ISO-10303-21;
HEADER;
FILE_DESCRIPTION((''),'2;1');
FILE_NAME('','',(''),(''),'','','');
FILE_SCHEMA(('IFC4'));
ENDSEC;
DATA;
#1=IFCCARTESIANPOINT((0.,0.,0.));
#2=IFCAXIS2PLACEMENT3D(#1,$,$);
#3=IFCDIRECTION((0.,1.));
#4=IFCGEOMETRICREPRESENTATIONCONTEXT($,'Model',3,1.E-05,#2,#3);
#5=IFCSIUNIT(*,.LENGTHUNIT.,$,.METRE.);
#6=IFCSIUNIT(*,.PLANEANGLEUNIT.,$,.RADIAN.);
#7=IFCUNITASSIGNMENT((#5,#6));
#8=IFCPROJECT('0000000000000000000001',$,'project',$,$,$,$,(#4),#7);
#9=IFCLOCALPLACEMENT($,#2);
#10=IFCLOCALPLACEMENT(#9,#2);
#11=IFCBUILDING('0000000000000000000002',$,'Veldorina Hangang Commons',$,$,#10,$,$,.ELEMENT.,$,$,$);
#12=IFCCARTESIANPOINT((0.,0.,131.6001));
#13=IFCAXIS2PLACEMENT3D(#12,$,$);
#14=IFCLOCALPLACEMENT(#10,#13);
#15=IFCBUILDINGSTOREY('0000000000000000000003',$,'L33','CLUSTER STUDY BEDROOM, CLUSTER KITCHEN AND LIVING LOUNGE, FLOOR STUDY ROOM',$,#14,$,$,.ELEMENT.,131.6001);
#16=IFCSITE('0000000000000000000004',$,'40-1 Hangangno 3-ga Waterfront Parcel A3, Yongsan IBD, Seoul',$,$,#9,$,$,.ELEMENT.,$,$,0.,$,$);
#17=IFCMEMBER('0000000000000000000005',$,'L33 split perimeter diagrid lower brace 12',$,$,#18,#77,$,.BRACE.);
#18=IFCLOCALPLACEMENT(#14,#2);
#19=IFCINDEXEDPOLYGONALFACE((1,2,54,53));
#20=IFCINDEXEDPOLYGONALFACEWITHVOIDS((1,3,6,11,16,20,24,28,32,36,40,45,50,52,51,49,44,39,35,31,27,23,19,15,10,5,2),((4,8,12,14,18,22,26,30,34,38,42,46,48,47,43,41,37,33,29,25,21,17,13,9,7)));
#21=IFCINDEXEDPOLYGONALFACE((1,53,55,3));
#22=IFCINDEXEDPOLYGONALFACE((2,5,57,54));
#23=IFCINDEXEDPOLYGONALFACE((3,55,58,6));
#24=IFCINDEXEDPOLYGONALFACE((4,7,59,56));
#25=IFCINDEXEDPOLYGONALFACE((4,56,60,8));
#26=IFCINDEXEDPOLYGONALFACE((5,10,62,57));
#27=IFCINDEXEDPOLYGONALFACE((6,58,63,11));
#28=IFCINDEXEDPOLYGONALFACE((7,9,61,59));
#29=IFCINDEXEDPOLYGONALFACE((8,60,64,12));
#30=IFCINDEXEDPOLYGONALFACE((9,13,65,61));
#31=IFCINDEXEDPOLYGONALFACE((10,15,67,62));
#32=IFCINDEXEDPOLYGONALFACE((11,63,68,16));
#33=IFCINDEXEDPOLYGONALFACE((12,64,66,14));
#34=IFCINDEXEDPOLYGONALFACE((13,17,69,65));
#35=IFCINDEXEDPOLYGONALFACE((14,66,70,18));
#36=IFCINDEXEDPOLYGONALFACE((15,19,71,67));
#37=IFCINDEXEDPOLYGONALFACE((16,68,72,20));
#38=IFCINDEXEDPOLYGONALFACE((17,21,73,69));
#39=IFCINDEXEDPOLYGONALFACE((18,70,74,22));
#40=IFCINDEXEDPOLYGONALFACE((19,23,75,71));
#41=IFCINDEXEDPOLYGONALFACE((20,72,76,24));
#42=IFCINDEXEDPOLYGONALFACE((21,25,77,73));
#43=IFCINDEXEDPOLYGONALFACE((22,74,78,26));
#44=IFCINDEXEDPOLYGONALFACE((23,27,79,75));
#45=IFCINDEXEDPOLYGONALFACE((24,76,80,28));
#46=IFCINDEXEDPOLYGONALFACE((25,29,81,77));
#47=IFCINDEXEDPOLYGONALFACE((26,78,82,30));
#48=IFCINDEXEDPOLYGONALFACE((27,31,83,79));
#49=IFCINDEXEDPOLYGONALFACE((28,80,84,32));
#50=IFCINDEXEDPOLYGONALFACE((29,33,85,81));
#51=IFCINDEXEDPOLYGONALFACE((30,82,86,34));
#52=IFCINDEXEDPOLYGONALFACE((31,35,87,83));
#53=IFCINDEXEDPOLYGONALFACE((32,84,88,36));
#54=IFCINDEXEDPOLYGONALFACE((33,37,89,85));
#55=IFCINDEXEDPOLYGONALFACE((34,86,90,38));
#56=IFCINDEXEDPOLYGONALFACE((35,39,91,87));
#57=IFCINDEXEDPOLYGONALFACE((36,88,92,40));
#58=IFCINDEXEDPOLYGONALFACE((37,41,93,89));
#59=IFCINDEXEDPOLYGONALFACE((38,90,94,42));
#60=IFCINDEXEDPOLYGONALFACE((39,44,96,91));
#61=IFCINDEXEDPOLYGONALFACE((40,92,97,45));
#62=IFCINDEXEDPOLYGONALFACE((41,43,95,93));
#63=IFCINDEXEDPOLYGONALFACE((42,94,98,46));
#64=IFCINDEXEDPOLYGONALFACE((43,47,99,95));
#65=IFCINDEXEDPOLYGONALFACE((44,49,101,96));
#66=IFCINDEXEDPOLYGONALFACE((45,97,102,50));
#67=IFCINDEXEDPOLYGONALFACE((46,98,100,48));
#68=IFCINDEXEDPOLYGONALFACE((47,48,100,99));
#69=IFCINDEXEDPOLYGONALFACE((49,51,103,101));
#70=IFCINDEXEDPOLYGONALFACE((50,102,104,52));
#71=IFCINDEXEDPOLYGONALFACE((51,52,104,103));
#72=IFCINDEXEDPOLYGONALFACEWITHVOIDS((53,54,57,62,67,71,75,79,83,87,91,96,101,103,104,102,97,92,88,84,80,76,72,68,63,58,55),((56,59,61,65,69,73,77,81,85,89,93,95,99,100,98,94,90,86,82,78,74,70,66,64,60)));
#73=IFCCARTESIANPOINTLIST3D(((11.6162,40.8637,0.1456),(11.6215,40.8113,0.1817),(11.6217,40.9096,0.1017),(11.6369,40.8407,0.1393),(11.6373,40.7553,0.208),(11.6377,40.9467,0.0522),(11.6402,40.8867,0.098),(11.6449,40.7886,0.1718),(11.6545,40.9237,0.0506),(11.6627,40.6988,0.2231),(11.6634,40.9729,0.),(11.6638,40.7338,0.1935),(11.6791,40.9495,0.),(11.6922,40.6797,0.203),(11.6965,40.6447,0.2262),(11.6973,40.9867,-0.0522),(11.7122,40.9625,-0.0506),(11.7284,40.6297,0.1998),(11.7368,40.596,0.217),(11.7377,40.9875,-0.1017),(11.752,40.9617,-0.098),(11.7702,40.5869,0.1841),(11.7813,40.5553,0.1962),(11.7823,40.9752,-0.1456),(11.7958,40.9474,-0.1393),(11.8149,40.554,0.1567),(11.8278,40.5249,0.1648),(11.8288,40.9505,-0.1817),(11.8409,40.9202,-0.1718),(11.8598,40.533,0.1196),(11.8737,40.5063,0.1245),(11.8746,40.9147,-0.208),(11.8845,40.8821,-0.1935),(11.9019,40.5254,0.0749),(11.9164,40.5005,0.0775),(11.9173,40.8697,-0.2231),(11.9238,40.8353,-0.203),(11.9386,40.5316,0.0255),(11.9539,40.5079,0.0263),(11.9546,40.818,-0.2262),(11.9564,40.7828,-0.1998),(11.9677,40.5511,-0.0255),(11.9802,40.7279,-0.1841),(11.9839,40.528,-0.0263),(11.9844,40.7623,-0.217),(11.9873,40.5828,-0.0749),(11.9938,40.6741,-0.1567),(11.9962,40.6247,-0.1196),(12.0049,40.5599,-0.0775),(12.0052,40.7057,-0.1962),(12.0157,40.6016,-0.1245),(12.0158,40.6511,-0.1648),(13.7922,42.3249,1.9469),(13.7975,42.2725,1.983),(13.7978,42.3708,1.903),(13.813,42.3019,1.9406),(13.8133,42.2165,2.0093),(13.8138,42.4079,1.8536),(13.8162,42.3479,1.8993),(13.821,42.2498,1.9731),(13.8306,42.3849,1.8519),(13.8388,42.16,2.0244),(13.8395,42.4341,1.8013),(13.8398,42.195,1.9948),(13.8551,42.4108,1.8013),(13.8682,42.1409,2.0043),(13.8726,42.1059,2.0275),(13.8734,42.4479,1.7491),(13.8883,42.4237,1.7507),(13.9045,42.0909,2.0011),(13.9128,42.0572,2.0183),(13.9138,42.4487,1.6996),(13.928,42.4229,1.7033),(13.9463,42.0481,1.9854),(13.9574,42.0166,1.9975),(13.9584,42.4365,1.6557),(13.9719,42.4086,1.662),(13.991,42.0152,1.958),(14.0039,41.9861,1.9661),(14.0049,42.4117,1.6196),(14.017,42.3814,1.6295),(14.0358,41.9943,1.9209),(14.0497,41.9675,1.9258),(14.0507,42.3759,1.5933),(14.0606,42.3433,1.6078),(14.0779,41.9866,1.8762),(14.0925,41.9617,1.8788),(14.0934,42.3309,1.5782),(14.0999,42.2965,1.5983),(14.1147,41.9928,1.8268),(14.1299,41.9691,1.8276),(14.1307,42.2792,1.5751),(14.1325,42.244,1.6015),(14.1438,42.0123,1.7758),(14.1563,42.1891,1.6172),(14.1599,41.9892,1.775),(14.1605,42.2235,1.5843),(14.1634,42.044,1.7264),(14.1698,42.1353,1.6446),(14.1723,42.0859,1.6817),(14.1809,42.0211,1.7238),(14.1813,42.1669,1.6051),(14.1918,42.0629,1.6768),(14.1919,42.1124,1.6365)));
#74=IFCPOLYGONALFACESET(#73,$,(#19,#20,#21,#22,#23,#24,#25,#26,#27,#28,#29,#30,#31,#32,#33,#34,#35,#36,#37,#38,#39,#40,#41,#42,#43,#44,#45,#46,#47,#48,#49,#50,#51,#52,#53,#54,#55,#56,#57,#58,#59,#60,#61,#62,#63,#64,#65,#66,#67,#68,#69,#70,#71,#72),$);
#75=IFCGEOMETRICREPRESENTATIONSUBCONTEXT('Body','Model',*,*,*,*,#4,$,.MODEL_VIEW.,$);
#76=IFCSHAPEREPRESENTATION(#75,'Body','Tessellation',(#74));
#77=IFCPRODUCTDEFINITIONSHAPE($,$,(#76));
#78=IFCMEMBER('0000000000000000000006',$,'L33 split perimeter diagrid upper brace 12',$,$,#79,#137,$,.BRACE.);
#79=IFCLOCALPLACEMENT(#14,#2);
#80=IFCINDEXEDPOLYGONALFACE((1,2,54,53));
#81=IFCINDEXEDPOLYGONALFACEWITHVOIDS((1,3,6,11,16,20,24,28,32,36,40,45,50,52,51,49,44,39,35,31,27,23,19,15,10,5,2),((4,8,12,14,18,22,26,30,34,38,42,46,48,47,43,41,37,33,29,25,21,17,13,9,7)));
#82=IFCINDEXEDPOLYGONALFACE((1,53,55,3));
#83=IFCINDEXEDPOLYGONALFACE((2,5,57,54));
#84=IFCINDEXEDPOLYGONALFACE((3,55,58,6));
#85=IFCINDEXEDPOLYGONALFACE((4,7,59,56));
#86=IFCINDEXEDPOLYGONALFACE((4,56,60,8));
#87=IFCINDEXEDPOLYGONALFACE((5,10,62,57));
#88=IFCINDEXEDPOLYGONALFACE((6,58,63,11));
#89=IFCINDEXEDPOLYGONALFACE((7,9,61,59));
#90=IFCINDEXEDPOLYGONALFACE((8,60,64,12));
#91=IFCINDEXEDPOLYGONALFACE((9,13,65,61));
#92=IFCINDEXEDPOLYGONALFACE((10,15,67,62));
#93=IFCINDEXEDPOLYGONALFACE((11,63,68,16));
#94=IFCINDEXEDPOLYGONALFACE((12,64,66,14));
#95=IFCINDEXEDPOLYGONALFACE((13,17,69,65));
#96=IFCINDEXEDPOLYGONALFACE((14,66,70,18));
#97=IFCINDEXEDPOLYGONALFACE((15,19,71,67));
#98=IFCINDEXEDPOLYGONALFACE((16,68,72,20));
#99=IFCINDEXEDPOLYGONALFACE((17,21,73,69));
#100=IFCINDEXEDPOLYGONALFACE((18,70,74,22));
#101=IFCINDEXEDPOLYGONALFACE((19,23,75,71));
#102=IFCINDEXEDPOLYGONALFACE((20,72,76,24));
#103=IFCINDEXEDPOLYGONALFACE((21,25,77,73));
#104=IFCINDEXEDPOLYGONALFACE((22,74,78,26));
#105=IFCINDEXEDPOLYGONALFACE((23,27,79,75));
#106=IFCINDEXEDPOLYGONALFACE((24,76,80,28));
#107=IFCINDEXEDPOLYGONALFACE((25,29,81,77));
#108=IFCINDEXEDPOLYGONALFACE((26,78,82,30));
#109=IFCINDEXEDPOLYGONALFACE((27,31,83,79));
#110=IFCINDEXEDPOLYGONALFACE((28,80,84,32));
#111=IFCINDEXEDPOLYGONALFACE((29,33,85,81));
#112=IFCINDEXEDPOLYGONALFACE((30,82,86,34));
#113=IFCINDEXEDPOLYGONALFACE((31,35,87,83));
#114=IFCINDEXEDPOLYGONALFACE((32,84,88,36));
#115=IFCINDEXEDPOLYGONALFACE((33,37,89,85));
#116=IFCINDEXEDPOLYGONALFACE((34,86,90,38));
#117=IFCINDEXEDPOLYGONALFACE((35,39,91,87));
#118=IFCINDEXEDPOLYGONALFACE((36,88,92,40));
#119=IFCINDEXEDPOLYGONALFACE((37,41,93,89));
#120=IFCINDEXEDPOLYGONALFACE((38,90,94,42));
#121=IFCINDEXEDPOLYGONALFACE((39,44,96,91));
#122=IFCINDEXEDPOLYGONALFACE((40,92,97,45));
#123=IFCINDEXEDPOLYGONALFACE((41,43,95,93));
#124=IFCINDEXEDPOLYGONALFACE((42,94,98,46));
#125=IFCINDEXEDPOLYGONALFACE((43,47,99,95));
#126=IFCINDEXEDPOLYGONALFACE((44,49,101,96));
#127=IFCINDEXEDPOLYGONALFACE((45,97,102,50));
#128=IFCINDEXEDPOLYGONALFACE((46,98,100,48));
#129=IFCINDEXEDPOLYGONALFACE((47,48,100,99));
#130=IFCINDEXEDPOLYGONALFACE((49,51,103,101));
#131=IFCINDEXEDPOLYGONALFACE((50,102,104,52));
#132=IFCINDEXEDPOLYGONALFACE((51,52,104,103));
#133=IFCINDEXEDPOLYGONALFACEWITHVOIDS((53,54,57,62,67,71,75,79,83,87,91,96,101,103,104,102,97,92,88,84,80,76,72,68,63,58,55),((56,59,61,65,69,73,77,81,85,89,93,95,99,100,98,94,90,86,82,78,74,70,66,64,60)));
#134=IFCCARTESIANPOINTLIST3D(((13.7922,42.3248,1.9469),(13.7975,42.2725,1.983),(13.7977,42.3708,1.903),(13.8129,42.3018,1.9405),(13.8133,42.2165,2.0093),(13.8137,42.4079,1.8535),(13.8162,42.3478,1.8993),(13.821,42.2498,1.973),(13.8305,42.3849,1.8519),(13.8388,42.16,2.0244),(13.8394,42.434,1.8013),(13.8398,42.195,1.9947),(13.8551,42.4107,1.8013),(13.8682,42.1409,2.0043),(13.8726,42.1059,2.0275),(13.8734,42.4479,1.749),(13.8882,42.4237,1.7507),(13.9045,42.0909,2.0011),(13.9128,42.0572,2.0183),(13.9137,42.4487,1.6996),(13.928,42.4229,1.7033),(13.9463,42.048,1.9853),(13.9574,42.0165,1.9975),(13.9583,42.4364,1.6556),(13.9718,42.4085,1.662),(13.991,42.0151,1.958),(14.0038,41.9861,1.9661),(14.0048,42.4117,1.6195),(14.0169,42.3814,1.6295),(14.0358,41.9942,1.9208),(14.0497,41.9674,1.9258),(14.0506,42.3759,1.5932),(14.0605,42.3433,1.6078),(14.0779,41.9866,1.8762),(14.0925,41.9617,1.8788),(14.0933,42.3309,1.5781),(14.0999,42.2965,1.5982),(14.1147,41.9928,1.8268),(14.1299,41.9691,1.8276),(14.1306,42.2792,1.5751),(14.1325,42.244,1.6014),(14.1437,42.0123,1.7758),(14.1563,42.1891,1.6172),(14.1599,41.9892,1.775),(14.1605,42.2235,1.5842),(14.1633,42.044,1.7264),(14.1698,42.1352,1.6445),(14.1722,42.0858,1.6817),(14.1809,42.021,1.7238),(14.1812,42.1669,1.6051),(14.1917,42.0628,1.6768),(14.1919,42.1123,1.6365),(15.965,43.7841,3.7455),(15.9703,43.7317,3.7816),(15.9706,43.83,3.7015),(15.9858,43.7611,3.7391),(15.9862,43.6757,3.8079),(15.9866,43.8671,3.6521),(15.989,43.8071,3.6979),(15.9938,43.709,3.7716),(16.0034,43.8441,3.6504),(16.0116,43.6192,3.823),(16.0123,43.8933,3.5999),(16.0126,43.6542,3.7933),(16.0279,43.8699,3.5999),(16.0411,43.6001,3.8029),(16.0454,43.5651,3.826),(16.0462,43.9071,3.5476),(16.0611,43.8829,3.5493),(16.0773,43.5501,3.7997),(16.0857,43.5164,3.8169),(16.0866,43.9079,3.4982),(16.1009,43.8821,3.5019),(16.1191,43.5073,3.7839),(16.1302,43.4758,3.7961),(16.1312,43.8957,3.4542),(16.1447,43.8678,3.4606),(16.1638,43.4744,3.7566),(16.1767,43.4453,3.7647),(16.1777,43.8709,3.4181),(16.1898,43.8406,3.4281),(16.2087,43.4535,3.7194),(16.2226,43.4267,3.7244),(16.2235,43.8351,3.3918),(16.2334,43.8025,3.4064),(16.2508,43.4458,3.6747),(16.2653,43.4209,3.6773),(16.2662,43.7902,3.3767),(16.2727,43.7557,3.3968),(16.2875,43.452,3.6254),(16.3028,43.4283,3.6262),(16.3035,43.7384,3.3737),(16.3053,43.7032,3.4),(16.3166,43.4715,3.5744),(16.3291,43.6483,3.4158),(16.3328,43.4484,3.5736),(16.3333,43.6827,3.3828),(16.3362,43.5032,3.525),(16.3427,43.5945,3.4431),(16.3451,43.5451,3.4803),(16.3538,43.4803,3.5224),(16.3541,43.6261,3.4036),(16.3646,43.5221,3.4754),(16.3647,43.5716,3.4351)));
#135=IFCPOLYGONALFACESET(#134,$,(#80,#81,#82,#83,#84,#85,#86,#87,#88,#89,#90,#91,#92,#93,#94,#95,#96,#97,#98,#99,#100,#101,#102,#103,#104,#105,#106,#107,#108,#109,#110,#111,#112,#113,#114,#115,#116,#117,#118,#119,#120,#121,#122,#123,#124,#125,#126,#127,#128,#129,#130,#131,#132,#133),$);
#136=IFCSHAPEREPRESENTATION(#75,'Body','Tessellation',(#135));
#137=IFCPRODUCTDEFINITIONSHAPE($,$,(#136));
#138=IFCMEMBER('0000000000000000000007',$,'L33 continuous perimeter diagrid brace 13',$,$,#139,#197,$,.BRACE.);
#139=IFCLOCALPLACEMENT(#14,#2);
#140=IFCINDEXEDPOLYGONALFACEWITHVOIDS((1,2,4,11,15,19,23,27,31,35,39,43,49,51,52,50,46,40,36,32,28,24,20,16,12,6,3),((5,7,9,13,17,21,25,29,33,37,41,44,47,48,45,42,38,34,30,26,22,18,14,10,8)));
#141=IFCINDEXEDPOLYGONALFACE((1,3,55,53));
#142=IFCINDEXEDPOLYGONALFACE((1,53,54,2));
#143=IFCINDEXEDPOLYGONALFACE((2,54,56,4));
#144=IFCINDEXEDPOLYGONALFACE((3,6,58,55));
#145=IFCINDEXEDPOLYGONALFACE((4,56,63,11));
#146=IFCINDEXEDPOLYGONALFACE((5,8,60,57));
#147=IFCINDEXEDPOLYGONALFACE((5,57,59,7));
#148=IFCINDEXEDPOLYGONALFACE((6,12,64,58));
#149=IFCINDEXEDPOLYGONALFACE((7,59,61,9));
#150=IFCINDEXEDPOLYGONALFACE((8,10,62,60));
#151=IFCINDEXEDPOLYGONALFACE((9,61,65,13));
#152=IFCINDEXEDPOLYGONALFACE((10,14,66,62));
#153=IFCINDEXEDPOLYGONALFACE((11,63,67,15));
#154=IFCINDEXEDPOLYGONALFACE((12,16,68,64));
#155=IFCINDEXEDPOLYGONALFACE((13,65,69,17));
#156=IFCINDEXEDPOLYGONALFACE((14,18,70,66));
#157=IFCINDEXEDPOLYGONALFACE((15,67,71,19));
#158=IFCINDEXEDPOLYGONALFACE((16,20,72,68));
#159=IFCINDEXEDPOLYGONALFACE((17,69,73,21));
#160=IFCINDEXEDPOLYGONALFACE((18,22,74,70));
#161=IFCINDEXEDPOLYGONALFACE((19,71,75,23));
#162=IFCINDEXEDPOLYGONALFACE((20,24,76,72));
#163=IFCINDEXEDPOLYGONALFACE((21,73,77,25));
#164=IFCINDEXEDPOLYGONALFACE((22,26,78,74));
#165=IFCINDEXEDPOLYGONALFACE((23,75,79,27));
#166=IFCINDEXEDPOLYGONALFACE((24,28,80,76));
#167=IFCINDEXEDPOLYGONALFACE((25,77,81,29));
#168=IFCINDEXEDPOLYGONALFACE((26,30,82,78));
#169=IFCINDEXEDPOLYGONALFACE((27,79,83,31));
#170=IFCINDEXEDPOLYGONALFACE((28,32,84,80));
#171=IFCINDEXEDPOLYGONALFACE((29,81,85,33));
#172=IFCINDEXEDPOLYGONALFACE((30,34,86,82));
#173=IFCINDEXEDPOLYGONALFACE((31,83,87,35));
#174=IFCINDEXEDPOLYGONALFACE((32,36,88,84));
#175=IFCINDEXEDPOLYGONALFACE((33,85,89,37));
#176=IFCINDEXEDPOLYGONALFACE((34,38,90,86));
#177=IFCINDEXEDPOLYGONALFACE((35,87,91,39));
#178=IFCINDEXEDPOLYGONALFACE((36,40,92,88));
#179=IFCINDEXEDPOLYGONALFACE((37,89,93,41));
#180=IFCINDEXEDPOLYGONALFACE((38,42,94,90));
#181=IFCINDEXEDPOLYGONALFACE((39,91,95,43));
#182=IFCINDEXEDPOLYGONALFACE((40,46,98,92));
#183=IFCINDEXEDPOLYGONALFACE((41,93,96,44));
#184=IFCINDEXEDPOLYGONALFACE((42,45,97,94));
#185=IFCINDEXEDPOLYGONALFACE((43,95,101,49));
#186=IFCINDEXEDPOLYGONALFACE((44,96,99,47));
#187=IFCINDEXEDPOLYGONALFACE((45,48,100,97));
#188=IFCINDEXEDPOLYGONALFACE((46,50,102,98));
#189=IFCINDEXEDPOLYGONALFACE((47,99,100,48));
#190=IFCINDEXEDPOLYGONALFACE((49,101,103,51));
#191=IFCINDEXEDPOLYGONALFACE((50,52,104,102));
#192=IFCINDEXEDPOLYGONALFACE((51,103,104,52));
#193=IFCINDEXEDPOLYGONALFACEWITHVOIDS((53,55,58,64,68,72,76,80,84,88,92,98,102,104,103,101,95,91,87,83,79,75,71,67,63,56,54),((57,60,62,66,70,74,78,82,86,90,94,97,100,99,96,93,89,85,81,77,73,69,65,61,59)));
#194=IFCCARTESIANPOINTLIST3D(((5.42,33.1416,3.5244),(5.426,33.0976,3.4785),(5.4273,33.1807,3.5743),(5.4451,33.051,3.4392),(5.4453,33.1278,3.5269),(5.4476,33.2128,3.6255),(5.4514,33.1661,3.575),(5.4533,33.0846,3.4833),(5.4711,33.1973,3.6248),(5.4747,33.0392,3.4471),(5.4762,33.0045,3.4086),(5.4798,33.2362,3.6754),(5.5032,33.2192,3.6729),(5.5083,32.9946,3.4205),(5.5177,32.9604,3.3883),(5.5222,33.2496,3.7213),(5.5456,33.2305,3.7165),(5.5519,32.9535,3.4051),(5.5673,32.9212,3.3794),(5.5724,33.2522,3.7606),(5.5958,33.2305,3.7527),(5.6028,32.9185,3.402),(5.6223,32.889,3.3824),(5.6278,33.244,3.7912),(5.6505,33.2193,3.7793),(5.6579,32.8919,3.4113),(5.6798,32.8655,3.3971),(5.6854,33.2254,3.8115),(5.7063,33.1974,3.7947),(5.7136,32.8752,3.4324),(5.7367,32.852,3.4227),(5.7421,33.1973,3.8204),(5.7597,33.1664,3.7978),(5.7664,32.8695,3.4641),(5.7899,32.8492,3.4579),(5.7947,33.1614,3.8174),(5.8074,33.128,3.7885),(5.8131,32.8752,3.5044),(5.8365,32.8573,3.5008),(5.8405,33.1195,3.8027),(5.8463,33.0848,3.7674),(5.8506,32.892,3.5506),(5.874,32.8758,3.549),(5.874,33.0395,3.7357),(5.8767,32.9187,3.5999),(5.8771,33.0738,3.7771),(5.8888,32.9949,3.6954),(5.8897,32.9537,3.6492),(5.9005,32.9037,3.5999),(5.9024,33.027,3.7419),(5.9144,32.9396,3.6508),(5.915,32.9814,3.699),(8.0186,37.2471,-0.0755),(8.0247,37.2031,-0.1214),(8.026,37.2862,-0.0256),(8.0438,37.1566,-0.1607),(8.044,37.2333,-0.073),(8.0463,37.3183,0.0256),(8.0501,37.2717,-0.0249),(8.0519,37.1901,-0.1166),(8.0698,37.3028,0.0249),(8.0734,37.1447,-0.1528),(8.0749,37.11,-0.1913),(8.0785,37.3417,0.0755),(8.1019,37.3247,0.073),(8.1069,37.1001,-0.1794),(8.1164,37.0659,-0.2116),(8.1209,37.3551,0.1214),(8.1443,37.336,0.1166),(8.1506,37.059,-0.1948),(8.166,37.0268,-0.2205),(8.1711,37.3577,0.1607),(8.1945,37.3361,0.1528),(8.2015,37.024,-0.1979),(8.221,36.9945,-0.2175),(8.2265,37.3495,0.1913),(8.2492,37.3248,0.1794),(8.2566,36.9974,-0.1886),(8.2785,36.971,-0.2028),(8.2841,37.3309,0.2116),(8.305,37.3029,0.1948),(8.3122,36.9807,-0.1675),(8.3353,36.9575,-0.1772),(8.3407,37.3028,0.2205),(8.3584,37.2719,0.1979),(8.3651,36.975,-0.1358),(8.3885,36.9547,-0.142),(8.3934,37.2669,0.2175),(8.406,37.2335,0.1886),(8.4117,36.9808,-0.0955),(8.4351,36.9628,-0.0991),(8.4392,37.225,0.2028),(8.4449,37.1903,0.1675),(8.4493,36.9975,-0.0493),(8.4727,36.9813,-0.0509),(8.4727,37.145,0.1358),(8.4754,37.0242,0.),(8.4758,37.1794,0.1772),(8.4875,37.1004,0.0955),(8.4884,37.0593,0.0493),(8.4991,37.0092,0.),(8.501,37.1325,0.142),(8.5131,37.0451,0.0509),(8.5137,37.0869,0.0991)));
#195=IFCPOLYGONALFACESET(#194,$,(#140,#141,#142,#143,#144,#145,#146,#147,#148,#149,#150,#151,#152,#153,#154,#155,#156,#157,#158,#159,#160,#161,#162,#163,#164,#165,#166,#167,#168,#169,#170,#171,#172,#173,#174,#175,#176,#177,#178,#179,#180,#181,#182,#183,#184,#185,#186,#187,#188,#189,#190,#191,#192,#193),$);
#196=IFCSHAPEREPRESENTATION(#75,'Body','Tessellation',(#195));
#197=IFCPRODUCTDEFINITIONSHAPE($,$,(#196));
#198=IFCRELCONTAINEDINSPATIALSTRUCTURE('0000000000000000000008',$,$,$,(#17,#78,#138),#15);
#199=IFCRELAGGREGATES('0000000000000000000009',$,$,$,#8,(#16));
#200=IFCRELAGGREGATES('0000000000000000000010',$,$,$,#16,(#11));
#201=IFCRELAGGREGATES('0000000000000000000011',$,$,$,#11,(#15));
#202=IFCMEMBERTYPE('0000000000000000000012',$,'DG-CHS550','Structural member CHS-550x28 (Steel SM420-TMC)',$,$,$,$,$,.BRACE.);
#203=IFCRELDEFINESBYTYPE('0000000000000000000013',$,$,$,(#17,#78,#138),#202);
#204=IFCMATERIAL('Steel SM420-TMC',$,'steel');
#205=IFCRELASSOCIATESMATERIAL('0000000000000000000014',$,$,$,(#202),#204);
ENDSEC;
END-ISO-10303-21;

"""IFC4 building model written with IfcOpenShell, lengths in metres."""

from ifc_helpers import new_model, si_unit, direction, frame, origin, origin_2d, place, context, subcontext, project, spatial, hollow_circle, extrude, material, material_profile, profile_set, type_object, element, save


model = new_model("IFC4")

# Units and contexts
model_context = context("Model", 3, precision=1e-05, world=origin(), true_north=direction((0.0, 1.0)))
body_context = subcontext(model_context, "Body", "Model", "MODEL_VIEW")
ifc_project = project(units=[si_unit("LENGTHUNIT", "METRE"), si_unit("PLANEANGLEUNIT", "RADIAN")], contexts=[model_context])

# Site, building, storey
site_placement = place(None, origin())
site = spatial("IfcSite", under=ifc_project, at=site_placement, Name="40-1 Hangangno 3-ga Waterfront Parcel A3, Yongsan IBD, Seoul", CompositionType="ELEMENT", RefElevation=0.0)
building_placement = place(site_placement, origin())
building = spatial("IfcBuilding", under=site, at=building_placement, Name="Veldorina Hangang Commons", CompositionType="ELEMENT")
storey_placement = place(building_placement, frame((0.0, 0.0, 131.6001)))
storey = spatial("IfcBuildingStorey", under=building, at=storey_placement, Name="L33", Description="CLUSTER STUDY BEDROOM, CLUSTER KITCHEN AND LIVING LOUNGE, FLOOR STUDY ROOM", CompositionType="ELEMENT", Elevation=131.6001)

# Shared definitions
ifc_material_1 = material(Name="Steel SM420-TMC", Category="steel")

# Members
ifc_material_profile_1 = material_profile(ifc_material_1, hollow_circle(Radius=0.2749, WallThickness=0.0281, at=origin_2d()), Name="CHS-550x28")
ifc_profile_set_1 = profile_set([ifc_material_profile_1], Name="Steel SM420-TMC")
member_type = type_object("IfcMemberType", Name="DG-CHS550", Description="Structural member CHS-550x28 (Steel SM420-TMC)", PredefinedType="BRACE", material=ifc_profile_set_1)
member_1_placement = place(storey_placement, frame((11.8167, 40.7446, 0.0), z_axis=(0.684207, 0.459439, 0.566372), x_axis=(-0.55747, 0.830197, 0.0)))
element("IfcMember", 1, at=member_1_placement, inside=storey, type_object=member_type, Name="L33 split perimeter diagrid lower brace 12", PredefinedType="BRACE", context=body_context, shape_type="SweptSolid", body=[
    extrude(hollow_circle(Radius=0.2749, WallThickness=0.0281, at=origin_2d()), origin(), (0.0, 0.0, 1.0), 3.1804),
])
member_2_placement = place(storey_placement, frame((13.9927, 42.2058, 1.8013), z_axis=(0.684196, 0.459488, 0.566345), x_axis=(-0.557517, 0.830166, 0.0)))
element("IfcMember", 2, at=member_2_placement, inside=storey, type_object=member_type, Name="L33 split perimeter diagrid upper brace 12", PredefinedType="BRACE", context=body_context, shape_type="SweptSolid", body=[
    extrude(hollow_circle(Radius=0.2749, WallThickness=0.0281, at=origin_2d()), origin(), (0.0, 0.0, 1.0), 3.1758),
])
member_3_placement = place(storey_placement, frame((8.2668, 37.1562, 0.0), z_axis=(-0.429736, -0.678922, 0.595308), x_axis=(0.844958, -0.534832, 0.0)))
element("IfcMember", 3, at=member_3_placement, inside=storey, type_object=member_type, Name="L33 continuous perimeter diagrid brace 13", PredefinedType="BRACE", context=body_context, shape_type="SweptSolid", body=[
    extrude(hollow_circle(Radius=0.2749, WallThickness=0.0281, at=origin_2d()), origin(), (0.0, 0.0, 1.0), 6.0471),
])

save(model, "model.ifc")
